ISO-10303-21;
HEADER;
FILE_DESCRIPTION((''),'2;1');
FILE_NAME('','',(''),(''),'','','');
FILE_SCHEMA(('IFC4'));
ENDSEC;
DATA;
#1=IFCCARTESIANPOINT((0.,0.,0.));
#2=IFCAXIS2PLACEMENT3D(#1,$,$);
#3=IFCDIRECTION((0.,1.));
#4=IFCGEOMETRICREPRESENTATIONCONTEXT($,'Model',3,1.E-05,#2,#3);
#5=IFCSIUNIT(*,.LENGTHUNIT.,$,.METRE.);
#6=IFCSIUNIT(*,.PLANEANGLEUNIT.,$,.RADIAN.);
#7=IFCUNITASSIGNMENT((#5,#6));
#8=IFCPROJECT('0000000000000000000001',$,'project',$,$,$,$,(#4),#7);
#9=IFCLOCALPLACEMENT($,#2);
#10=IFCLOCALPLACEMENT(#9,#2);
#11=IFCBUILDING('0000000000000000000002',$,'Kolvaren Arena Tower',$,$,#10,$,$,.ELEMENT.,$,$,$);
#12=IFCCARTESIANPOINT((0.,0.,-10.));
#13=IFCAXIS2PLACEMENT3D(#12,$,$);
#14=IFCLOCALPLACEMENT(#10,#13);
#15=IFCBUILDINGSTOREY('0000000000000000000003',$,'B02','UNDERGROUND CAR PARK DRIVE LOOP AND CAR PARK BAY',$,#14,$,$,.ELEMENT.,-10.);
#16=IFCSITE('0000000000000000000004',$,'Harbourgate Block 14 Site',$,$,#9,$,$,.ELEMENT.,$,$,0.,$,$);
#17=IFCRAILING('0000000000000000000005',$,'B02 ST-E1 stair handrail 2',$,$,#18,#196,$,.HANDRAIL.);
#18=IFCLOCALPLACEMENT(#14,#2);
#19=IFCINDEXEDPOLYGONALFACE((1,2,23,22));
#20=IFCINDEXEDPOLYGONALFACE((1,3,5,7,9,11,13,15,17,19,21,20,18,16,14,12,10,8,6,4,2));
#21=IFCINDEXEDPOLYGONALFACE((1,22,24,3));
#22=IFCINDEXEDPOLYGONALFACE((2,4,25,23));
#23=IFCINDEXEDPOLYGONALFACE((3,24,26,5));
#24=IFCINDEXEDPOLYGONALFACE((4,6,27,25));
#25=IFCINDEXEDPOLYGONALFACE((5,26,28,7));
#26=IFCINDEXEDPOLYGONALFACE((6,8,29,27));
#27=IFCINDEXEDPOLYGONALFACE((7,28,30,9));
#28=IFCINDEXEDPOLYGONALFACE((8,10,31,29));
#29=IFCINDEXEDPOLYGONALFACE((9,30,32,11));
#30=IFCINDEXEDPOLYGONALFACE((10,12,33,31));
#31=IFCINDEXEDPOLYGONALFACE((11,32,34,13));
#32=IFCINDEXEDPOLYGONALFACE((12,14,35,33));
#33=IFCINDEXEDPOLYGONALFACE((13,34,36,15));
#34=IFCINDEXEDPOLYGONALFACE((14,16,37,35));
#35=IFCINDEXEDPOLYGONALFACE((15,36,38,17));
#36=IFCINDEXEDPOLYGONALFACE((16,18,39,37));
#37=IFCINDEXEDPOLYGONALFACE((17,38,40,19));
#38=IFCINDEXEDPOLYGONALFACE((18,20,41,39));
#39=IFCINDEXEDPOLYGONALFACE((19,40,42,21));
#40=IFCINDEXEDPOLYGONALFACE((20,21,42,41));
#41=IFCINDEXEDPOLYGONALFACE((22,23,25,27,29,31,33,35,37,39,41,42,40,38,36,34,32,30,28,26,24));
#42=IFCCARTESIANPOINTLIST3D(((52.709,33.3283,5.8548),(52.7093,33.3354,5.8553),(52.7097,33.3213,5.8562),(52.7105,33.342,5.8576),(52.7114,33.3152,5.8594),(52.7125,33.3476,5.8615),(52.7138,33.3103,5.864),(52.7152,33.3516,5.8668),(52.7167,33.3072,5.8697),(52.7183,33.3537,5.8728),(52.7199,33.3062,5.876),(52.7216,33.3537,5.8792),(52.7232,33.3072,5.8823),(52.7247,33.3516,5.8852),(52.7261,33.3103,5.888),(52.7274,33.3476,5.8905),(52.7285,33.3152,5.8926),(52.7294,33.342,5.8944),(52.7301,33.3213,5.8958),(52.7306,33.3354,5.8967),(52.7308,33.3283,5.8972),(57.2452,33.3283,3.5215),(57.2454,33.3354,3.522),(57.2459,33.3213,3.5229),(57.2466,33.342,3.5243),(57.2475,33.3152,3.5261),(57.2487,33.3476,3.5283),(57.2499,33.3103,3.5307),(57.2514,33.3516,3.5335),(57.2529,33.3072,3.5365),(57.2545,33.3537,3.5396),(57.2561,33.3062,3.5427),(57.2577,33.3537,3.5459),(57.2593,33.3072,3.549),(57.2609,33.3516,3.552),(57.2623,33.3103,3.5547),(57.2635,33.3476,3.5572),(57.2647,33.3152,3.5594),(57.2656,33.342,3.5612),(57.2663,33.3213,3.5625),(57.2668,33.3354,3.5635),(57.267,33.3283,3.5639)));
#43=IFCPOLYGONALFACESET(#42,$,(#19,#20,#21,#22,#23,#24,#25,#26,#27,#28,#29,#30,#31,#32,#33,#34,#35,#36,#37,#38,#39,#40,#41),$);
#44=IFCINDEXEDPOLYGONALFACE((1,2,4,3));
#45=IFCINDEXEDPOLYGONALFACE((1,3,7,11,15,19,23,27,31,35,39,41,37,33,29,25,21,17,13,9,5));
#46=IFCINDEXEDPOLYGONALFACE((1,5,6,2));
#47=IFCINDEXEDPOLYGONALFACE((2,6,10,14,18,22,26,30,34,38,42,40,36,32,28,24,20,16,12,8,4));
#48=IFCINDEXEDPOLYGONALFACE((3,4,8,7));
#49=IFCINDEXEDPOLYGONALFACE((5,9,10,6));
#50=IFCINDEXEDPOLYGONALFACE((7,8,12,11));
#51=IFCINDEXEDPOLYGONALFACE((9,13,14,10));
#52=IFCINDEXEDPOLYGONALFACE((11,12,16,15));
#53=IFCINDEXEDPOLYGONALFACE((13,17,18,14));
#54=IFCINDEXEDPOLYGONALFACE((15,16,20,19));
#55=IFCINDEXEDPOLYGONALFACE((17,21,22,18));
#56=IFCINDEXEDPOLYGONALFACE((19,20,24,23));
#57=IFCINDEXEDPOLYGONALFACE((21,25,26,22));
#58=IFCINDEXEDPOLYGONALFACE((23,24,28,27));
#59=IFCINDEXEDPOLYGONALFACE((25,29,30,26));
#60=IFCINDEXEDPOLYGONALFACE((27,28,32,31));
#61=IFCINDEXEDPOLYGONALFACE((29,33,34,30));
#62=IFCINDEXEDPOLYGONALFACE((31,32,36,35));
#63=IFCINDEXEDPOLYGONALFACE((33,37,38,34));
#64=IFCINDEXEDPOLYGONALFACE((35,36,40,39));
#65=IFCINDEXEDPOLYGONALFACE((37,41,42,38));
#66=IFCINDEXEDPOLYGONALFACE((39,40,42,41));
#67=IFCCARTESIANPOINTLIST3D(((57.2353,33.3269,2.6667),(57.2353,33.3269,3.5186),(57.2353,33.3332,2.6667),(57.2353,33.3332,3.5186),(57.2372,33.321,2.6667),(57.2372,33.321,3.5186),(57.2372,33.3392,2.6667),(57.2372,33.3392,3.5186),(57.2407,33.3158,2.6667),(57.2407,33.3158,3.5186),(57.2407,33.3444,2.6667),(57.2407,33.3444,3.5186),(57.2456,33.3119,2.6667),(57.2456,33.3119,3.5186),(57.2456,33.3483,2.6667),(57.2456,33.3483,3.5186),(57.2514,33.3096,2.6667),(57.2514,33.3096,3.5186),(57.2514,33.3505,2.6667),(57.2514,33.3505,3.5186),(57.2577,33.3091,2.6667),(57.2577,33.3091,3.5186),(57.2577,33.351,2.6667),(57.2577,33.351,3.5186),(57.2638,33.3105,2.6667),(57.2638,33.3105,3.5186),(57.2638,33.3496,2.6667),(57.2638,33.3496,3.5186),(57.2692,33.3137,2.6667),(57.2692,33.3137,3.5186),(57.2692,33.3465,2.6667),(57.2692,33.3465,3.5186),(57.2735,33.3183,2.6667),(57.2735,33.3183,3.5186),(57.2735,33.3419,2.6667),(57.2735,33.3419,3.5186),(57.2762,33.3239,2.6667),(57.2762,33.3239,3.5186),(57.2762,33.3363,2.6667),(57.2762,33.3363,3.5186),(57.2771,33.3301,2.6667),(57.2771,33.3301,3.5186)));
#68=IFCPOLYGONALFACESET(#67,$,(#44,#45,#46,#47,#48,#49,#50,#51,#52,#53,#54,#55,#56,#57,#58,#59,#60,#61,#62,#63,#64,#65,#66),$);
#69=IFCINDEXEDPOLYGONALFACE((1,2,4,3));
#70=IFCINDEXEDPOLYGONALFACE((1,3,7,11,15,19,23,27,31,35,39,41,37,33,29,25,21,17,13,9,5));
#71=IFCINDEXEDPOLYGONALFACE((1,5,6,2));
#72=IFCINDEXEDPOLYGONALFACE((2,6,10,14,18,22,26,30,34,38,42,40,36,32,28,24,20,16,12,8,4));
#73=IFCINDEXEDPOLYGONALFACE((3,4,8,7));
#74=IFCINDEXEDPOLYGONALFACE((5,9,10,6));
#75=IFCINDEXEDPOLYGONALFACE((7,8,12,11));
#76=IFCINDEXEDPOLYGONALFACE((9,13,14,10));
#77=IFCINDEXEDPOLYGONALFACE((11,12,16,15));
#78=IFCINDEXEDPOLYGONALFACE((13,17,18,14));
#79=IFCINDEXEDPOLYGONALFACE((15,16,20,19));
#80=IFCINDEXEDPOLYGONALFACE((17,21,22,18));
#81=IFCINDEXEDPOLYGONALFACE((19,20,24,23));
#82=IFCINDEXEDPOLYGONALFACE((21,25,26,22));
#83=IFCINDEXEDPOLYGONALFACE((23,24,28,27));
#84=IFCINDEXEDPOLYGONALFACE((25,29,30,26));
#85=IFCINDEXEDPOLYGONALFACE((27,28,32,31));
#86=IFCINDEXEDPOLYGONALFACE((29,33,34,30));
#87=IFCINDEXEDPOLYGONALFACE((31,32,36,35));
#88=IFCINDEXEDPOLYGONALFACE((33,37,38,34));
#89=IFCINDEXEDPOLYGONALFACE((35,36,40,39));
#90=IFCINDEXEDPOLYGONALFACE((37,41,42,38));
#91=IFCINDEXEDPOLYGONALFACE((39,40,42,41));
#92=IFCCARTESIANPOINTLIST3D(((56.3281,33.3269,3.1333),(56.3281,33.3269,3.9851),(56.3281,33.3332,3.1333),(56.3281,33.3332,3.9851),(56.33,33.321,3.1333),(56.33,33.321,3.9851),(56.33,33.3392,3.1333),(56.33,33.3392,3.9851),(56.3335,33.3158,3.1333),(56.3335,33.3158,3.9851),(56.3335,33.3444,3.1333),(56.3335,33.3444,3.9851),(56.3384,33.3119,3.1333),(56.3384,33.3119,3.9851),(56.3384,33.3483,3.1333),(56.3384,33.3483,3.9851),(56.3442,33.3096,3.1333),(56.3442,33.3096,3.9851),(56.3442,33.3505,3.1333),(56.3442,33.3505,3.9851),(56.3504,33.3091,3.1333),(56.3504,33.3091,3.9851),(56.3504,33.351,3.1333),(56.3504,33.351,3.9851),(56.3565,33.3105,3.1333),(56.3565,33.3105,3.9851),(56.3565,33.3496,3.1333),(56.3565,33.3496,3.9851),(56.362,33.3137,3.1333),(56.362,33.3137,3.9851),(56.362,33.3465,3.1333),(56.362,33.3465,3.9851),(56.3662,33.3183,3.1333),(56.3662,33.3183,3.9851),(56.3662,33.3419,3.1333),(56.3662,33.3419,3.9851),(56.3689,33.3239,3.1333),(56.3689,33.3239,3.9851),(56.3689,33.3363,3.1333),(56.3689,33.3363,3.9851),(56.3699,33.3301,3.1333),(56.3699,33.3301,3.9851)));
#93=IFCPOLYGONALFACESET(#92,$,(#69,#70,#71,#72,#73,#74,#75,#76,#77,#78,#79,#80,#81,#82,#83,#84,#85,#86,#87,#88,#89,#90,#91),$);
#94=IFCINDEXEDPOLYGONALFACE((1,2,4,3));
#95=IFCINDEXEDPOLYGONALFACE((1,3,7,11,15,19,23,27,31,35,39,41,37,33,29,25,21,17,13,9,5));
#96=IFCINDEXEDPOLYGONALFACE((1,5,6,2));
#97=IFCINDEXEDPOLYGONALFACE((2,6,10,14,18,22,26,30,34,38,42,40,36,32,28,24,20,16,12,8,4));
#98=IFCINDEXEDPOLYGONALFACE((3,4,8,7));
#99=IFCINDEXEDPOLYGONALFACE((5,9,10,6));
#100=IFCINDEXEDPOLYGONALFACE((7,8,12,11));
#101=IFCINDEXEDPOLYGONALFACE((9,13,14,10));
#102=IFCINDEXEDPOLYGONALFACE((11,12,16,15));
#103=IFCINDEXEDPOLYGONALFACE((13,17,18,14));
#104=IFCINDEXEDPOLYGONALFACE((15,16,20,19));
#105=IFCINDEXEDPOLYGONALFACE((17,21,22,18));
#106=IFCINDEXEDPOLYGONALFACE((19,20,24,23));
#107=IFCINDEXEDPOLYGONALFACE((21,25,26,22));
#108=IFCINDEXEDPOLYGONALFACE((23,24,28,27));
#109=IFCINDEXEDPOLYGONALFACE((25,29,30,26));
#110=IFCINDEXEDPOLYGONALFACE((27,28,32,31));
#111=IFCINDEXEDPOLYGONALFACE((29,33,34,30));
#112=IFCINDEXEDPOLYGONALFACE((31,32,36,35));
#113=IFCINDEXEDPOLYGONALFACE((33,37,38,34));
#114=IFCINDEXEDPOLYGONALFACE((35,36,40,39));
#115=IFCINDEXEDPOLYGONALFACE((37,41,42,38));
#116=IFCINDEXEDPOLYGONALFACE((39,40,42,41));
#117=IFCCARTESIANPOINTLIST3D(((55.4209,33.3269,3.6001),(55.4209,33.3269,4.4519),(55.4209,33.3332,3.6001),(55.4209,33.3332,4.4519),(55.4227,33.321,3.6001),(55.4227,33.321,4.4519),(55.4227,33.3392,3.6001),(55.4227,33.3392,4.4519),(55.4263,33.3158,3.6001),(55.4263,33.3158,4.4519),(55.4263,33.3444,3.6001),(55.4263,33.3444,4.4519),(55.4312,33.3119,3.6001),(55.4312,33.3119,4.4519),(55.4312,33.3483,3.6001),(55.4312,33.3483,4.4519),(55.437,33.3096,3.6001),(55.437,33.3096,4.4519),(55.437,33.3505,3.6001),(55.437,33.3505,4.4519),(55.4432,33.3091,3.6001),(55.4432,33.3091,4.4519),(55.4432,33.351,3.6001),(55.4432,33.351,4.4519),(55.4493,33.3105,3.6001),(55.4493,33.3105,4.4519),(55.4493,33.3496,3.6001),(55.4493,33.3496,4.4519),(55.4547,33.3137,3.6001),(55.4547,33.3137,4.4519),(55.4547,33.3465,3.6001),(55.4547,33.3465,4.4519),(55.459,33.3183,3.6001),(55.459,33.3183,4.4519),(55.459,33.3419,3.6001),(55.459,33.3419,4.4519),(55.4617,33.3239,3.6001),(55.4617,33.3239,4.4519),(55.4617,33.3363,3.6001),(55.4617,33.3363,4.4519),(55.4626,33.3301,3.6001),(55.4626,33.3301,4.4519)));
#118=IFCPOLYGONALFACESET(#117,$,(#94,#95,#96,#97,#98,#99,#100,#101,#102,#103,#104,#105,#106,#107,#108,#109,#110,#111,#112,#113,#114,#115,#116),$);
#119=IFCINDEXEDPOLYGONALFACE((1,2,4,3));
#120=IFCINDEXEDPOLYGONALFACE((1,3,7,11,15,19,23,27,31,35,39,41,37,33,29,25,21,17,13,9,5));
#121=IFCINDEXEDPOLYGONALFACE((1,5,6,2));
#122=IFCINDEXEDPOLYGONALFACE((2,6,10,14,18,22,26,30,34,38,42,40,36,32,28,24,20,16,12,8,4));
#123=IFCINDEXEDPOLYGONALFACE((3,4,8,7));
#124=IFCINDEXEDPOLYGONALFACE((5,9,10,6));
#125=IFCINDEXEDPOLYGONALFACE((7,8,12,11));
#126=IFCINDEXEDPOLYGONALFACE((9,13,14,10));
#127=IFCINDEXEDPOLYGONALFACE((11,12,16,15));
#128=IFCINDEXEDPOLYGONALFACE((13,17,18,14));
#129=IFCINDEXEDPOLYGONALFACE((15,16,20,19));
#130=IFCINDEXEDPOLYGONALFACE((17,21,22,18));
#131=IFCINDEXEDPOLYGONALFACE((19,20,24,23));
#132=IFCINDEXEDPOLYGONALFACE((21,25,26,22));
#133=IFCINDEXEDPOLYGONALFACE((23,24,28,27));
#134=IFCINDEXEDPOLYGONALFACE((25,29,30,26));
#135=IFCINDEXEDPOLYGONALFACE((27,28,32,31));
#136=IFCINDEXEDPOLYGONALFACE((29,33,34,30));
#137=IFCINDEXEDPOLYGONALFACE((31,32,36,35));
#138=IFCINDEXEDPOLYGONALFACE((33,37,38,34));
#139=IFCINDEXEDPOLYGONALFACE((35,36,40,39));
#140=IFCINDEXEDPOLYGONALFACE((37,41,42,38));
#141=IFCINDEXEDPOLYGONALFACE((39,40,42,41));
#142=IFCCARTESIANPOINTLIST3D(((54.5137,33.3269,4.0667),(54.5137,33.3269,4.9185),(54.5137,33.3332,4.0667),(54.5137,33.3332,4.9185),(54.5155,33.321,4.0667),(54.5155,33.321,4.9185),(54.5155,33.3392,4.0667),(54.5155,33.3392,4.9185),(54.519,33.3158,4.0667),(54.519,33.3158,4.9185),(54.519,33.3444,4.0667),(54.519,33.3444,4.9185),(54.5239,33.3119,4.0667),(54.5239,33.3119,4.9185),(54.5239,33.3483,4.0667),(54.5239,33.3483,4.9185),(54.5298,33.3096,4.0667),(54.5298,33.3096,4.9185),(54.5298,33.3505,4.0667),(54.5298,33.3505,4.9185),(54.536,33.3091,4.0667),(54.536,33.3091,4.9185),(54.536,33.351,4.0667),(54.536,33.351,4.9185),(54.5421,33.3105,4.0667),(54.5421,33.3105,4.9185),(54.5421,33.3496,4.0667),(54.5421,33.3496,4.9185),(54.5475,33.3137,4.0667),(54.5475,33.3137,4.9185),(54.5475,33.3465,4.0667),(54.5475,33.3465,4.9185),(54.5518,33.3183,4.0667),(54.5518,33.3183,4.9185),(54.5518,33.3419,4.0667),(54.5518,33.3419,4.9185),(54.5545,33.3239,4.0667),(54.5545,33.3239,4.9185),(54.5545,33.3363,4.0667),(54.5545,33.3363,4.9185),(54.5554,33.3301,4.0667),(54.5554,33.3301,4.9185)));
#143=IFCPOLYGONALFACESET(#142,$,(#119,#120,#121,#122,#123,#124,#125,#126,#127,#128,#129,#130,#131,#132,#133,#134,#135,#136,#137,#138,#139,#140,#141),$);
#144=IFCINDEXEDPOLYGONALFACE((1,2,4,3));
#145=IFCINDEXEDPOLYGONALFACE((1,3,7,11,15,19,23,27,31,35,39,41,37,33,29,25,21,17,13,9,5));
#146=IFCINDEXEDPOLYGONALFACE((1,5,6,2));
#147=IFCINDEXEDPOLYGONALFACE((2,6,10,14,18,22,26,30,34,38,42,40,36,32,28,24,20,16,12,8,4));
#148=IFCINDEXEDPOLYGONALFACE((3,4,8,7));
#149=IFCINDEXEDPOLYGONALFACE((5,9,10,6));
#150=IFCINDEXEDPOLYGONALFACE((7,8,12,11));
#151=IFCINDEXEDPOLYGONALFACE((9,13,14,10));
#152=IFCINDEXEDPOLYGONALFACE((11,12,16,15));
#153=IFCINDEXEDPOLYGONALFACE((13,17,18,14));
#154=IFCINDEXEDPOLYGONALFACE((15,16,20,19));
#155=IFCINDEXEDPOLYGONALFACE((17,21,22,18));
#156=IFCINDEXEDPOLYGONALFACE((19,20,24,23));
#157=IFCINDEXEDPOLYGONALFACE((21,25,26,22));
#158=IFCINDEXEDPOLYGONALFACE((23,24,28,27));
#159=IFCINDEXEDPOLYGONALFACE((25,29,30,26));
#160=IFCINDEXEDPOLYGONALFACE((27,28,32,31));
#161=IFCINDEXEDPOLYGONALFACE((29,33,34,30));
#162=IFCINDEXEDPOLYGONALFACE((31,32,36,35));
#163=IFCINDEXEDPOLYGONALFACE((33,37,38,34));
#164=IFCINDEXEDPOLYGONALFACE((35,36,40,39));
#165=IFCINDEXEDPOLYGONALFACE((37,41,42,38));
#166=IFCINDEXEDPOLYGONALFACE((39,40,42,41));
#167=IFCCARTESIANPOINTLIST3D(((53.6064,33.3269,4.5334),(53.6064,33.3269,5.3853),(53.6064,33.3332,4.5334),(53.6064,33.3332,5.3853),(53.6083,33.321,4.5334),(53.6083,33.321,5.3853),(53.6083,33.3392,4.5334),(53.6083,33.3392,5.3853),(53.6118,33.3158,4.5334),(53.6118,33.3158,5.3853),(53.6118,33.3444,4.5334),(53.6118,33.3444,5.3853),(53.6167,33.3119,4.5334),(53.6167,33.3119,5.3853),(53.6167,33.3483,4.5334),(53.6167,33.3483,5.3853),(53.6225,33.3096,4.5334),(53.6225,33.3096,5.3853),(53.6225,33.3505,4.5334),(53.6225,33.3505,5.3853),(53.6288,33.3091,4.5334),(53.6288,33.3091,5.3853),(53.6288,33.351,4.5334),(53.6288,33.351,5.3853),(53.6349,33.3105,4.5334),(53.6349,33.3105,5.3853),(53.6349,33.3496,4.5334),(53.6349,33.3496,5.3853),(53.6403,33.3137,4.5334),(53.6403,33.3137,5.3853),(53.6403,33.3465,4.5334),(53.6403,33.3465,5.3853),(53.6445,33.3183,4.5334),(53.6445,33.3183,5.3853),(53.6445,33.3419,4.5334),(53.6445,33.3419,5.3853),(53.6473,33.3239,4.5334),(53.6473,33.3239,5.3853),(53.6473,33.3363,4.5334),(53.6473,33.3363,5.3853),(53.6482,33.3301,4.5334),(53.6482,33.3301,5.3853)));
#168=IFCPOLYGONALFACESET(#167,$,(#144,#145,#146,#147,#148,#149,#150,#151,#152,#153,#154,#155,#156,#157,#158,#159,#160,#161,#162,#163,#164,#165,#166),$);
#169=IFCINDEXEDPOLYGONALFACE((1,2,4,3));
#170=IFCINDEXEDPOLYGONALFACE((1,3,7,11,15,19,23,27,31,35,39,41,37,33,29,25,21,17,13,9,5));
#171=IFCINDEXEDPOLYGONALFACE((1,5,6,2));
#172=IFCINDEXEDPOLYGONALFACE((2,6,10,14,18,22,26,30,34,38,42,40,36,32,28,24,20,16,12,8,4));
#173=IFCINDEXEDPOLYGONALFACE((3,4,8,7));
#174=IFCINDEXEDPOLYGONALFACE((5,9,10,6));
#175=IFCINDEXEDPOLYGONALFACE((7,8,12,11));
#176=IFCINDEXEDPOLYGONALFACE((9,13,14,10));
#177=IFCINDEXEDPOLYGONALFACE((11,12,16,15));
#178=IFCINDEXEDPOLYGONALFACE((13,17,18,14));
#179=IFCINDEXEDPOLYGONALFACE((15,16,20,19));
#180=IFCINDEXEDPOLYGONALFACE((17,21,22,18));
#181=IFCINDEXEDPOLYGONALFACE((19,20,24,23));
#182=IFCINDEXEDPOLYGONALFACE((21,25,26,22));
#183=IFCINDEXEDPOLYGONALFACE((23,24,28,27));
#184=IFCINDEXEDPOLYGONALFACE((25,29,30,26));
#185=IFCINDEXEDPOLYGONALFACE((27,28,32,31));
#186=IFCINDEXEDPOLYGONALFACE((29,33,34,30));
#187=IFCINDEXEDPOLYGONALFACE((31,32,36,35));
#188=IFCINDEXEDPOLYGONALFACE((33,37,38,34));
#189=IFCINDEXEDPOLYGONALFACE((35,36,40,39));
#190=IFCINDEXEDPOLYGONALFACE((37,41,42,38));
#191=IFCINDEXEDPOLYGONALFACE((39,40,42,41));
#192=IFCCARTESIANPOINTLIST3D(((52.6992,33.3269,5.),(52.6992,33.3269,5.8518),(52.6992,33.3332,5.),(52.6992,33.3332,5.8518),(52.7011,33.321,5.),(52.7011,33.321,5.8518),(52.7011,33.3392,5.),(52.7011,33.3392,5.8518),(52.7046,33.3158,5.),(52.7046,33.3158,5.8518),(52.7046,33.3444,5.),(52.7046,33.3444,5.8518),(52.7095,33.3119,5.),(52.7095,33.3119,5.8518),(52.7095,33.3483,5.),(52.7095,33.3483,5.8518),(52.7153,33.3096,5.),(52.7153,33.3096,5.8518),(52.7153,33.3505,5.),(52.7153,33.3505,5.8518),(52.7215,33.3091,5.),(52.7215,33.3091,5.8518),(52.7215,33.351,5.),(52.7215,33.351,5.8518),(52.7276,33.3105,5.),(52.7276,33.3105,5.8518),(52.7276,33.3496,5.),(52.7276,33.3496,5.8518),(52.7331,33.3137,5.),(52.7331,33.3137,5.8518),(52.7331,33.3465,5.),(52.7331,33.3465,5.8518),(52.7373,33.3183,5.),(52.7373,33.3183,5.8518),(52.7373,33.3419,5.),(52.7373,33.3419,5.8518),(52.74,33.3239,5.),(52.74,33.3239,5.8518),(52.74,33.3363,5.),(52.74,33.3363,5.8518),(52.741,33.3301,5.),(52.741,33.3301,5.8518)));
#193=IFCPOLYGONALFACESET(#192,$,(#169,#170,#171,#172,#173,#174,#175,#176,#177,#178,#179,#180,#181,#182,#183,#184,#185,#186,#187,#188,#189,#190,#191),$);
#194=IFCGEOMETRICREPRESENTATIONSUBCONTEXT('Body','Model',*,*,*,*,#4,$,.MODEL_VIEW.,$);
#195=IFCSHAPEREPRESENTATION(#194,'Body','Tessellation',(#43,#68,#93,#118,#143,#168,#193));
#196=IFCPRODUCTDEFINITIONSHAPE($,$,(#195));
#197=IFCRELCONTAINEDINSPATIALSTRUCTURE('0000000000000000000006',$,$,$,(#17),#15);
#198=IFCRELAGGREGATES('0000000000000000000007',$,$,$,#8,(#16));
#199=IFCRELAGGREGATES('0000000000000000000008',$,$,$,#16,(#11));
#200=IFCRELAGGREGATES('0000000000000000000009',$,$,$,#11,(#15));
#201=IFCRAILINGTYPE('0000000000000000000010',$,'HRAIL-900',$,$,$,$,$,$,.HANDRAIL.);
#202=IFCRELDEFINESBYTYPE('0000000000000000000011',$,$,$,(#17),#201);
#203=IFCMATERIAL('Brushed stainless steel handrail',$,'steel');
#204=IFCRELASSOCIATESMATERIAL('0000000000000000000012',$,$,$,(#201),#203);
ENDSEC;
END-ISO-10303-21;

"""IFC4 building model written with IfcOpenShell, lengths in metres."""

from ifc_helpers import new_model, si_unit, direction, frame, origin, origin_2d, place, context, subcontext, project, spatial, circle, extrude, material, type_object, element, save


model = new_model("IFC4")

# Units and contexts
model_context = context("Model", 3, precision=1e-05, world=origin(), true_north=direction((0.0, 1.0)))
body_context = subcontext(model_context, "Body", "Model", "MODEL_VIEW")
ifc_project = project(units=[si_unit("LENGTHUNIT", "METRE"), si_unit("PLANEANGLEUNIT", "RADIAN")], contexts=[model_context])

# Site, building, storey
site_placement = place(None, origin())
site = spatial("IfcSite", under=ifc_project, at=site_placement, Name="Harbourgate Block 14 Site", CompositionType="ELEMENT", RefElevation=0.0)
building_placement = place(site_placement, origin())
building = spatial("IfcBuilding", under=site, at=building_placement, Name="Kolvaren Arena Tower", CompositionType="ELEMENT")
storey_placement = place(building_placement, frame((0.0, 0.0, -10.0)))
storey = spatial("IfcBuildingStorey", under=building, at=storey_placement, Name="B02", Description="UNDERGROUND CAR PARK DRIVE LOOP AND CAR PARK BAY", CompositionType="ELEMENT", Elevation=-10.0)

# Railing
ifc_material_1 = material(Name="Brushed stainless steel handrail", Category="steel")
railing_type_1 = type_object("IfcRailingType", Name="HRAIL-900", PredefinedType="HANDRAIL", material=ifc_material_1)
for number, where, name in (
    (1, (57.2561, 33.3301, 2.6667), "B02 ST-E1 stair handrail 2"),
):
    element("IfcRailing", number, at=place(storey_placement, frame(where)), inside=storey, type_object=railing_type_1, Name=name, PredefinedType="HANDRAIL", context=body_context, shape_type="SweptSolid", body=[
        extrude(circle(Radius=0.0239, at=origin_2d()), frame((0.0, 0.0, 0.876), z_axis=(-0.889257, 0.0, 0.457407), x_axis=(0.0, -1.0, 0.0)), (0.0, 0.0, 1.0), 5.1011),
        extrude(circle(Radius=0.021, at=origin_2d()), origin(), (0.0, 0.0, 1.0), 0.8518),
        extrude(circle(Radius=0.021, at=origin_2d()), frame((-0.9072, 0.0, 0.4666)), (0.0, 0.0, 1.0), 0.8518),
        extrude(circle(Radius=0.021, at=origin_2d()), frame((-1.8145, 0.0, 0.9333)), (0.0, 0.0, 1.0), 0.8518),
        extrude(circle(Radius=0.021, at=origin_2d()), frame((-2.7217, 0.0, 1.3999)), (0.0, 0.0, 1.0), 0.8518),
        extrude(circle(Radius=0.021, at=origin_2d()), frame((-3.6289, 0.0, 1.8667)), (0.0, 0.0, 1.0), 0.8518),
        extrude(circle(Radius=0.021, at=origin_2d()), frame((-4.5361, 0.0, 2.3333)), (0.0, 0.0, 1.0), 0.8518),
    ])

save(model, "model.ifc")
